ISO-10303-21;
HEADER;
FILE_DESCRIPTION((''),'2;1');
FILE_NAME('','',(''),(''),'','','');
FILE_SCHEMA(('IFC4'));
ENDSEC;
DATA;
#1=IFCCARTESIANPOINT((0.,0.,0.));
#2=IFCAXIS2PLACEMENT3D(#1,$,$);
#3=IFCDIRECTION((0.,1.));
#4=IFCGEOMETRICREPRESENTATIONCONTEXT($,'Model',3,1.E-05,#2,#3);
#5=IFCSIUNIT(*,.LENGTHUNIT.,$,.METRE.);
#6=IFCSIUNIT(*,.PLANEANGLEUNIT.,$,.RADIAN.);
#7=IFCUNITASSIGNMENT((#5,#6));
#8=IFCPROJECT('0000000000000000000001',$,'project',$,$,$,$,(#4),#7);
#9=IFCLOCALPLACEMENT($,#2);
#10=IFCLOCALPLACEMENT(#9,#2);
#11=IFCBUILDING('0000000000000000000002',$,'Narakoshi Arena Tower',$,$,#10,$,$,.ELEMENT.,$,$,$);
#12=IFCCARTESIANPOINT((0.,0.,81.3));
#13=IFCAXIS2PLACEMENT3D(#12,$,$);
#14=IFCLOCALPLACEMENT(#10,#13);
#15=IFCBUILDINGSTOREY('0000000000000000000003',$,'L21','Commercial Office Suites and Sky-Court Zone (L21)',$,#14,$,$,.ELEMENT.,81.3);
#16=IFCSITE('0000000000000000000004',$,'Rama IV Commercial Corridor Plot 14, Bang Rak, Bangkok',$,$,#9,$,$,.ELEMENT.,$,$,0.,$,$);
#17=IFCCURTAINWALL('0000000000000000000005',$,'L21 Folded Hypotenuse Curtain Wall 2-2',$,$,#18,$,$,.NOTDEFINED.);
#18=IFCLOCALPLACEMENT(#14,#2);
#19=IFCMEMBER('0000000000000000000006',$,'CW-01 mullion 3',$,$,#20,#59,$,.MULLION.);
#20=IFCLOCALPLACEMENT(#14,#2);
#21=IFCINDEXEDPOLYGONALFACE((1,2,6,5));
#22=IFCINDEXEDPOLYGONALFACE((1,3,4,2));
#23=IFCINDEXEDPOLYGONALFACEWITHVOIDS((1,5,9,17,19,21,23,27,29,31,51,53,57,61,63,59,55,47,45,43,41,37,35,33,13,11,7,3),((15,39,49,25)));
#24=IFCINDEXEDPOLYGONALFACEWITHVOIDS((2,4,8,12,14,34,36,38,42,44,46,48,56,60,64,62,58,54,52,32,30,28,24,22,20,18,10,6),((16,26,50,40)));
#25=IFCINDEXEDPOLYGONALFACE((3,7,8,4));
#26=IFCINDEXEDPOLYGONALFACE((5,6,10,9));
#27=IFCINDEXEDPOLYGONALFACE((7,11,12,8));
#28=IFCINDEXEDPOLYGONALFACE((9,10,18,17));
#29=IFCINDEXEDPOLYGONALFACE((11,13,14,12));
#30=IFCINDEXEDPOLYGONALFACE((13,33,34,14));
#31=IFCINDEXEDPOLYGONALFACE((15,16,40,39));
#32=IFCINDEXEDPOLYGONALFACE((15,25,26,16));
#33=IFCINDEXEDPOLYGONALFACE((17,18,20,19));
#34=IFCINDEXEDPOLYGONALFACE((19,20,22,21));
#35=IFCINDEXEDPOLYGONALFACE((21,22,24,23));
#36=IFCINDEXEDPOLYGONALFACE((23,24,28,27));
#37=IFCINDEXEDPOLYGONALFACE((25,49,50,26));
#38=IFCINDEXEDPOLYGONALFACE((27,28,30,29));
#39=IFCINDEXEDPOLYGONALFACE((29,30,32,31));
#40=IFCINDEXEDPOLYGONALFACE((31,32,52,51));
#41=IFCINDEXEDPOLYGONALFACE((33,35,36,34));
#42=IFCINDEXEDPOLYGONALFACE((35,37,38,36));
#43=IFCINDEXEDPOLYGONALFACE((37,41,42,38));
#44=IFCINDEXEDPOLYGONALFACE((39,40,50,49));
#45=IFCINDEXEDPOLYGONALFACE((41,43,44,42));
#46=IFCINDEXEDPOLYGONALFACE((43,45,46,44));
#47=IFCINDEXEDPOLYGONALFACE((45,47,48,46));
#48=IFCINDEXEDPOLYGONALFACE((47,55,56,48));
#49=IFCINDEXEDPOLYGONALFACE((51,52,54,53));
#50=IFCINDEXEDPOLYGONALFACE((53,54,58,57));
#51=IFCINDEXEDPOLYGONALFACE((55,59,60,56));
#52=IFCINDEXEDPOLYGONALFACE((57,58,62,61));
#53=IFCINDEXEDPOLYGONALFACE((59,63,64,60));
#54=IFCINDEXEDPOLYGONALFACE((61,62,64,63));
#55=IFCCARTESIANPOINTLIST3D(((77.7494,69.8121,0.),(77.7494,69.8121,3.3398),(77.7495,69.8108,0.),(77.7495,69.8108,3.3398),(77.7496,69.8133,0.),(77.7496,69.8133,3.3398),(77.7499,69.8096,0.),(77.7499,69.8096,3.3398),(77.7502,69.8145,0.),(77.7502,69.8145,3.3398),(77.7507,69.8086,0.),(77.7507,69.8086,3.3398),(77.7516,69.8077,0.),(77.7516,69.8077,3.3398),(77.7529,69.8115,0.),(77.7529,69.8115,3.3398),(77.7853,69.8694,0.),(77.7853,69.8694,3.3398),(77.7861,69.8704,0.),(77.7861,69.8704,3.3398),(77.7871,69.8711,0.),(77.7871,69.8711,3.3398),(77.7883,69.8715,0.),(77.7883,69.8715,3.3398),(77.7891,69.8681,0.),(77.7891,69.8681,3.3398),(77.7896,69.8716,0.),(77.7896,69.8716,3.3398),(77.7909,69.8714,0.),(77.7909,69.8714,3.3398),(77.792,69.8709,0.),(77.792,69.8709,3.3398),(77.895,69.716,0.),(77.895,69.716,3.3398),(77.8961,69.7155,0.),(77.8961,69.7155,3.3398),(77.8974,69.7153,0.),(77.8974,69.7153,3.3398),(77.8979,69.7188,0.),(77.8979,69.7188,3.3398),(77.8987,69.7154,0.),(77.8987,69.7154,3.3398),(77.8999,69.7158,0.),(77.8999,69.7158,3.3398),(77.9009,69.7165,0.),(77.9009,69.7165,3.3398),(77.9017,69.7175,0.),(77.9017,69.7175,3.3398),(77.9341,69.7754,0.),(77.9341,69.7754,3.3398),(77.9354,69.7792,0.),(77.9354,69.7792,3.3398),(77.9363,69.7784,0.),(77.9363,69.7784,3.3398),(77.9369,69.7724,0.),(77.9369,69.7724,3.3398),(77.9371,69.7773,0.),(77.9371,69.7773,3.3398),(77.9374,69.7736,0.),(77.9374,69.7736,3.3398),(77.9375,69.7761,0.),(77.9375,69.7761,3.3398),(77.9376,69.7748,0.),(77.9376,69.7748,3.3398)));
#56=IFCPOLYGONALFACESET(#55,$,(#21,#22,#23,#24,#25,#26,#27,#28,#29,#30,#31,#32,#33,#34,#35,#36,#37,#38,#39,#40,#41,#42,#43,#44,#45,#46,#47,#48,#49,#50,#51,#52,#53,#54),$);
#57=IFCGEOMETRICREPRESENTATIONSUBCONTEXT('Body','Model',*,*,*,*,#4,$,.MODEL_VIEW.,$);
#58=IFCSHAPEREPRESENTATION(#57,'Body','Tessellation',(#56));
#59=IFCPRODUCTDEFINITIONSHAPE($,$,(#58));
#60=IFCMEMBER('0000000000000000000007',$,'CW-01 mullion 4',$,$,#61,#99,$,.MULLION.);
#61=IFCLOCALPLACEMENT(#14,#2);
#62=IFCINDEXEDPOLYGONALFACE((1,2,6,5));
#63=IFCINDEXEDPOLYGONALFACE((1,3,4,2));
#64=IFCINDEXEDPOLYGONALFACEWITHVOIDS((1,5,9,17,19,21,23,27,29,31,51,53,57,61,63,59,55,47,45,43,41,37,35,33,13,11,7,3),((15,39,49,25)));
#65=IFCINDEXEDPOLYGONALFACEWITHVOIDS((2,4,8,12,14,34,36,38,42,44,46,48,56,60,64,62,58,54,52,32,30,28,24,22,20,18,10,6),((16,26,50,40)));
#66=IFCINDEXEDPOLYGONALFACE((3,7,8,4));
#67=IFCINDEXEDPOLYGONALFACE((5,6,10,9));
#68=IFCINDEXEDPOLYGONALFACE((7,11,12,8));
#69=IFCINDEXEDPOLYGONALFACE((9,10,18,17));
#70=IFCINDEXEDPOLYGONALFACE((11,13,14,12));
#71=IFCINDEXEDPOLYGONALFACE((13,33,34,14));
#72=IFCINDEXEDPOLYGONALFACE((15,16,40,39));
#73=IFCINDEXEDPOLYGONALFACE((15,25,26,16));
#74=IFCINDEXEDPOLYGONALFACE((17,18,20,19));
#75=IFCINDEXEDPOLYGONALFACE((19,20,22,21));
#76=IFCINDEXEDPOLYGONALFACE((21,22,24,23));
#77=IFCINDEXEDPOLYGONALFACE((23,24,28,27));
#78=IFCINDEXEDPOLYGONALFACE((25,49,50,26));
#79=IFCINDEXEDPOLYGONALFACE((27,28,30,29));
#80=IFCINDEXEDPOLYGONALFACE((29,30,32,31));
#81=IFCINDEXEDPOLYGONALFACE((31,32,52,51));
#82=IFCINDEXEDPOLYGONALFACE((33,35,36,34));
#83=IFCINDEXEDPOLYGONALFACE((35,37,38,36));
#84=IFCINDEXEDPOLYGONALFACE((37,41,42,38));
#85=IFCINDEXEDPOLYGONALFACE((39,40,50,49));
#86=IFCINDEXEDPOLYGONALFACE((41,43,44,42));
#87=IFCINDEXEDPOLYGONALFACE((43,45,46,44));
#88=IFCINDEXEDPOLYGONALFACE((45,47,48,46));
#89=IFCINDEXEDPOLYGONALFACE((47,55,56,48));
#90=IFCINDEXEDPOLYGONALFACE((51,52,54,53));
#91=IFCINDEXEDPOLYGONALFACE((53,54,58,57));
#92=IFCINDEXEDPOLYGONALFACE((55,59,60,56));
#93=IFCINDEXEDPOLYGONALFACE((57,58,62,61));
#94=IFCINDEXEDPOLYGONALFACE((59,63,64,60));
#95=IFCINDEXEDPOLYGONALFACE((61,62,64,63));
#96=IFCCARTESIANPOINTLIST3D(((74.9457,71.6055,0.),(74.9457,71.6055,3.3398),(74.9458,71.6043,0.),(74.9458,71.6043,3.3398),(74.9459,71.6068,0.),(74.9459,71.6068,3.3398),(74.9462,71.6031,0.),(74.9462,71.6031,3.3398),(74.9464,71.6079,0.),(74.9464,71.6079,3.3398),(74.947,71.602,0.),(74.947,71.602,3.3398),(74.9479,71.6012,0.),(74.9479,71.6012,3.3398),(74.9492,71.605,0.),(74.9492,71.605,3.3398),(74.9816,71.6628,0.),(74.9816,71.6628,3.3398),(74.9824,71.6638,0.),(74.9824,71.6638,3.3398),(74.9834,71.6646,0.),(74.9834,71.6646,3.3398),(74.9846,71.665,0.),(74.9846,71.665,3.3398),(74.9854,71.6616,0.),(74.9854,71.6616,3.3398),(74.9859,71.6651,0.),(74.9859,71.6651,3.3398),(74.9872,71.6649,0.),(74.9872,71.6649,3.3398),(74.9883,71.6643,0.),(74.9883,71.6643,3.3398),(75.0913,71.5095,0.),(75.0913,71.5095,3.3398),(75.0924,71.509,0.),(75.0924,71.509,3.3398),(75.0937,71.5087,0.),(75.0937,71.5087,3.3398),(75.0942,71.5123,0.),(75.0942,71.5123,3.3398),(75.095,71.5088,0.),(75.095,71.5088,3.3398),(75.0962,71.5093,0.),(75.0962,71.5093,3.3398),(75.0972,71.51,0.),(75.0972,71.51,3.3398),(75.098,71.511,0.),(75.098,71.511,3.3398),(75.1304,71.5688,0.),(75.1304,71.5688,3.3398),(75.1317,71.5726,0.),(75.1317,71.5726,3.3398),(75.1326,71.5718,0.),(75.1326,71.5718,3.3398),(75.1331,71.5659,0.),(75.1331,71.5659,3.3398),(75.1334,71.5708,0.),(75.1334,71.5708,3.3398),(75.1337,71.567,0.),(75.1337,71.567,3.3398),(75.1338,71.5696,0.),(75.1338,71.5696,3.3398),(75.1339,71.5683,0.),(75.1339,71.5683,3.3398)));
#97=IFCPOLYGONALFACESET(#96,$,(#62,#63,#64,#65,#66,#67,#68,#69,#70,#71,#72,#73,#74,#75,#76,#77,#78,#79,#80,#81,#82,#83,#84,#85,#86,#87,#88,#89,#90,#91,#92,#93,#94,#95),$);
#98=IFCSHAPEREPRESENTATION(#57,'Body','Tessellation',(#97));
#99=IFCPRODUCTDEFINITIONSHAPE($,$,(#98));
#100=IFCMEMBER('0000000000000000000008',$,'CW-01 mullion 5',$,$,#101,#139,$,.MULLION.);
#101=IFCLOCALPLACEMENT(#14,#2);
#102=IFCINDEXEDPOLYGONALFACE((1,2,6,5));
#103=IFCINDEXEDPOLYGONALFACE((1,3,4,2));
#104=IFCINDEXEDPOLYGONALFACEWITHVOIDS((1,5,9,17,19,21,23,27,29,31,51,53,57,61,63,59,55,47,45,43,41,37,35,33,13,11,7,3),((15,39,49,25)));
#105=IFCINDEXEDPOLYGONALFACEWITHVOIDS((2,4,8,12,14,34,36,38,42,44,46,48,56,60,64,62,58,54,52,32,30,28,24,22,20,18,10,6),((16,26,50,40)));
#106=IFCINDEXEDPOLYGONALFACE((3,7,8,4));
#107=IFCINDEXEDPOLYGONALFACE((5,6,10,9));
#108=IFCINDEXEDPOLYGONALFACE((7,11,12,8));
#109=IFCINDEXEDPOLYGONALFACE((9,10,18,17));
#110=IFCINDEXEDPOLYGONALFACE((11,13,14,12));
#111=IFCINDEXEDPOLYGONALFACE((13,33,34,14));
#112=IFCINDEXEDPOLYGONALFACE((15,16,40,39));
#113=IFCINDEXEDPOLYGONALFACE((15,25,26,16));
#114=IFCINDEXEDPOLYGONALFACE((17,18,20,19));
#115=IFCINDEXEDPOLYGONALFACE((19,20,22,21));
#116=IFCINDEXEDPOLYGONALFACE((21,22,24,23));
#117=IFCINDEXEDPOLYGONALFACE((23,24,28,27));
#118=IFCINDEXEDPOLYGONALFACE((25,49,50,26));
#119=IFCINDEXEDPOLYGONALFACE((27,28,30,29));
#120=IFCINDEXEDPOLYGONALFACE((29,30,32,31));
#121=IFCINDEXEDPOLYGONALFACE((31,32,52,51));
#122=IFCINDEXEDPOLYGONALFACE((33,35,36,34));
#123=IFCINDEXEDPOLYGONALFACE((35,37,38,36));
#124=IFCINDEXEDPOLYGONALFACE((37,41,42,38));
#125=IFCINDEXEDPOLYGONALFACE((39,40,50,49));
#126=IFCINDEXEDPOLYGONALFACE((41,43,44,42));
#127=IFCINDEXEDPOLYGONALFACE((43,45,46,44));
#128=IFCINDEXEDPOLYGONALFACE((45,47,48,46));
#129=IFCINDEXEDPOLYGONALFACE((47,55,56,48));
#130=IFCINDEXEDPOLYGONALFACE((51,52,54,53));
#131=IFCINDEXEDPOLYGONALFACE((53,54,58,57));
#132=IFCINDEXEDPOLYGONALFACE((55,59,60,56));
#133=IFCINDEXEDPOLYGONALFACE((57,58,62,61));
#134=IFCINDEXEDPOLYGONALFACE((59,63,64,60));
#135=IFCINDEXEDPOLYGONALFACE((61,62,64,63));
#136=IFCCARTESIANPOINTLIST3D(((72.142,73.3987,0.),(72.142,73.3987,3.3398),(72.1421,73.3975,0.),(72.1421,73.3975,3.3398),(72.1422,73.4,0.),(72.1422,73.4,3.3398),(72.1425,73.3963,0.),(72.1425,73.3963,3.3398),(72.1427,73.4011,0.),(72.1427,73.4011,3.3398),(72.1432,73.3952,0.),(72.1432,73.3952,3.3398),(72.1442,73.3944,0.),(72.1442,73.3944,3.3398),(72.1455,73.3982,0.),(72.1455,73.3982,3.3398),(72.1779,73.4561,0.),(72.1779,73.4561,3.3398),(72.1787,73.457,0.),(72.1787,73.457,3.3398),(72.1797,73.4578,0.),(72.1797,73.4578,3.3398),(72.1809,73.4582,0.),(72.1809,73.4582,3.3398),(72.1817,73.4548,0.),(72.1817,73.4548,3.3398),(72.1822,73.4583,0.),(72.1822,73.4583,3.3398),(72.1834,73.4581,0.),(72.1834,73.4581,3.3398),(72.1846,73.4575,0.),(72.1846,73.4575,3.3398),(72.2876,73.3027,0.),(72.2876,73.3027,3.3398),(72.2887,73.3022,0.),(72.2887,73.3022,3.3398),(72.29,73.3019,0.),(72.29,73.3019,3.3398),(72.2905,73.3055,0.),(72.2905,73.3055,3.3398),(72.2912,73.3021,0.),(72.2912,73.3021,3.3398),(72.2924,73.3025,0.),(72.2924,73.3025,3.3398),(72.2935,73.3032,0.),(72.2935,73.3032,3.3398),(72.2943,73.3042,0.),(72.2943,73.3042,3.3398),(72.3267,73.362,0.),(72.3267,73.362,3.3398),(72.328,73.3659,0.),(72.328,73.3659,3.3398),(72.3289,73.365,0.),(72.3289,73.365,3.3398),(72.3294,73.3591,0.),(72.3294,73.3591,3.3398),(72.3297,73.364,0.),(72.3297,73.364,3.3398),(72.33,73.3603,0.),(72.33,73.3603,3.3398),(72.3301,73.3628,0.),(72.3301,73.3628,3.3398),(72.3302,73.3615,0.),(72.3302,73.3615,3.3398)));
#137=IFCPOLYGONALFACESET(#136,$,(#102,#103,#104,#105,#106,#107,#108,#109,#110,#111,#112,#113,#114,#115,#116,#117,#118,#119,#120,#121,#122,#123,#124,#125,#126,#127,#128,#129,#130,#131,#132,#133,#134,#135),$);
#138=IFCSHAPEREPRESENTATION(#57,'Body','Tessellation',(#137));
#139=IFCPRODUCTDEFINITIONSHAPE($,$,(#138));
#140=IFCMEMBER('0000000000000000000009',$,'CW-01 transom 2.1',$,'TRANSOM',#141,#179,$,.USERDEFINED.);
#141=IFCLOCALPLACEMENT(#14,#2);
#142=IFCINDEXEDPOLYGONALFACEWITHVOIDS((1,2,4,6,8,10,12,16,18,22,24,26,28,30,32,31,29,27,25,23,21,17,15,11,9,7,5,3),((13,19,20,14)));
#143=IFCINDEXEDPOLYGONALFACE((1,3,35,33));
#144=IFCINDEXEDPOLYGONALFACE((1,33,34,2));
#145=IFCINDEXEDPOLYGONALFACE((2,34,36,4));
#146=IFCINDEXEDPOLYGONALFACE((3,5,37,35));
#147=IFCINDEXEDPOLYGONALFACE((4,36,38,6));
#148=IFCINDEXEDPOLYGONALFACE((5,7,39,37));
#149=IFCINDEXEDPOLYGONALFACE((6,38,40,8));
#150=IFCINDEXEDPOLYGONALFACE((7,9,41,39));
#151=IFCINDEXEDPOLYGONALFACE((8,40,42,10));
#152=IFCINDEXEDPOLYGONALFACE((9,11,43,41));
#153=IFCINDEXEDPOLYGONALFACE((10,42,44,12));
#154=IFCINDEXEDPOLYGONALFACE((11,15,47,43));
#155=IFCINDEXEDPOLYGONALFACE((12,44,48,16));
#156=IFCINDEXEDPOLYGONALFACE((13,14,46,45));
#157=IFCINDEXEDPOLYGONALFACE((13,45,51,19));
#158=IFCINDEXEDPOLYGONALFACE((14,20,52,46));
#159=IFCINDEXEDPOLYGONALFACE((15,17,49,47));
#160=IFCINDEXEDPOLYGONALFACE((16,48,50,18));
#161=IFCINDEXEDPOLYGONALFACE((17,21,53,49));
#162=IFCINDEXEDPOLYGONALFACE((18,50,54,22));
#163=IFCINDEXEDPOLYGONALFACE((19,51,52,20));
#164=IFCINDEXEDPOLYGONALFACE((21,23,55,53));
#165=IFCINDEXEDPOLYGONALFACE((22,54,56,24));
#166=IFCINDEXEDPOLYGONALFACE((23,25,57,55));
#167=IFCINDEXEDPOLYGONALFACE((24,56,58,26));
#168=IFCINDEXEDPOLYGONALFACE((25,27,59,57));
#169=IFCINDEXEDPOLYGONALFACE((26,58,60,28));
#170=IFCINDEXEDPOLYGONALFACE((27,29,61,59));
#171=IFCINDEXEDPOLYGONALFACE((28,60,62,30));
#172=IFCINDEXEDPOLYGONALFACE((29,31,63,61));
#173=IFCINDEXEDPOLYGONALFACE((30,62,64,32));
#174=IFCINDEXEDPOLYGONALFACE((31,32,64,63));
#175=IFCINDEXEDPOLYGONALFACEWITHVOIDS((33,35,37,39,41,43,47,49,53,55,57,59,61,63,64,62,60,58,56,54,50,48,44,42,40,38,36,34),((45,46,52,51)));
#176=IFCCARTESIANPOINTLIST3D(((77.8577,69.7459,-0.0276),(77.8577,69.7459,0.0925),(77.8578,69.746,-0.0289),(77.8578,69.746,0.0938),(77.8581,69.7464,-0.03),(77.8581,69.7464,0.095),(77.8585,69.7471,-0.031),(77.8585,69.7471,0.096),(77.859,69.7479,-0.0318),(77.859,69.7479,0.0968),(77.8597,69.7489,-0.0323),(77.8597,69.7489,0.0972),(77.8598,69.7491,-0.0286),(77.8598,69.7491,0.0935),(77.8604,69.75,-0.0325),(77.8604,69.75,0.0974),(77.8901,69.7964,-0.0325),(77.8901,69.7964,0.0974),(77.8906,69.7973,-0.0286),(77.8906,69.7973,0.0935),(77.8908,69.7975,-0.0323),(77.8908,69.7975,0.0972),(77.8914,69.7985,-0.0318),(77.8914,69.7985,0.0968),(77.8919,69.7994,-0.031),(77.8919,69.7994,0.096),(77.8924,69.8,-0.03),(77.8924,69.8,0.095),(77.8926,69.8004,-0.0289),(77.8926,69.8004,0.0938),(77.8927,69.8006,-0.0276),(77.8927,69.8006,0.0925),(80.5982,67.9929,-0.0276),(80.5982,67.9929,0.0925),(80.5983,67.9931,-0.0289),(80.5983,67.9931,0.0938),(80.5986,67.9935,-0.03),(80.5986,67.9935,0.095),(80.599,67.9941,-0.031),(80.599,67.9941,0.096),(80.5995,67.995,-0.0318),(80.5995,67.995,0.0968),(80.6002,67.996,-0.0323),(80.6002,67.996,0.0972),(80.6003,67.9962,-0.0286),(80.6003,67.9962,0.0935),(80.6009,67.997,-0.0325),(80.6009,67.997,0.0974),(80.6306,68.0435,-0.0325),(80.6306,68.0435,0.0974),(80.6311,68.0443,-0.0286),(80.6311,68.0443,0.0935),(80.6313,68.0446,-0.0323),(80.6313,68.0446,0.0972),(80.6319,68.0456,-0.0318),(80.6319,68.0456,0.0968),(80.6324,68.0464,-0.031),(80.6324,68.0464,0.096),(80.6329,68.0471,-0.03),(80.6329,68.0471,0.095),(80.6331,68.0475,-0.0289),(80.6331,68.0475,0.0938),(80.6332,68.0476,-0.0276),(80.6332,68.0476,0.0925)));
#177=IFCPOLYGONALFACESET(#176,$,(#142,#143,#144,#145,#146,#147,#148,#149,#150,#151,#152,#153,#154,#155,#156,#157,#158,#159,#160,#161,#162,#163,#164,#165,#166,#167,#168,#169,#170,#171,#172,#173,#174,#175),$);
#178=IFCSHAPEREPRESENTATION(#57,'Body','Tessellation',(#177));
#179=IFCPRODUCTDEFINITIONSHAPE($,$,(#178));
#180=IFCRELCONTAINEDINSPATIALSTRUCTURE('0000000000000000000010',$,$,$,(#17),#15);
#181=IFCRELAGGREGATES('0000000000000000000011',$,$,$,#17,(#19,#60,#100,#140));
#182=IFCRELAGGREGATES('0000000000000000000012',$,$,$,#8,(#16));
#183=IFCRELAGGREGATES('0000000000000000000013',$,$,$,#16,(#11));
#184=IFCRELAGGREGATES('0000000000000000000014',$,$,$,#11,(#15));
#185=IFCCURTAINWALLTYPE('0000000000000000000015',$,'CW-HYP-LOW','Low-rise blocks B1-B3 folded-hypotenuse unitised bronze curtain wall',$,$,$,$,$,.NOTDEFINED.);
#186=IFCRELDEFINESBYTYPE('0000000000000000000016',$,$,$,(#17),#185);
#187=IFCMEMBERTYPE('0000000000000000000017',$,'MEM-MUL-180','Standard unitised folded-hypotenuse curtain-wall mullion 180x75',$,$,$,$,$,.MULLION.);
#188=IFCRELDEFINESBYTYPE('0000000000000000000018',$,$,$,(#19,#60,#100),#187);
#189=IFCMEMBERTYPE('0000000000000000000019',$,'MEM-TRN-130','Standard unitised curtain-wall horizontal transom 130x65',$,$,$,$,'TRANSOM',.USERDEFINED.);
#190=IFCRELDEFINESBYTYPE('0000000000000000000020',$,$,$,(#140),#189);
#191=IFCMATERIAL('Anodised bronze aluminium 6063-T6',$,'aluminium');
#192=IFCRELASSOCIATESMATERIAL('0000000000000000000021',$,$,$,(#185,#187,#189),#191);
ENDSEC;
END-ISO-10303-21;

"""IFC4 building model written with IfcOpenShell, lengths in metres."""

from ifc_helpers import new_model, si_unit, direction, frame, origin, origin_2d, place, context, subcontext, project, spatial, hollow_rectangle, extrude, material, material_profile, profile_set, type_object, element, aggregate, save


model = new_model("IFC4")

# Units and contexts
model_context = context("Model", 3, precision=1e-05, world=origin(), true_north=direction((0.0, 1.0)))
body_context = subcontext(model_context, "Body", "Model", "MODEL_VIEW")
ifc_project = project(units=[si_unit("LENGTHUNIT", "METRE"), si_unit("PLANEANGLEUNIT", "RADIAN")], contexts=[model_context])

# Site, building, storey
site_placement = place(None, origin())
site = spatial("IfcSite", under=ifc_project, at=site_placement, Name="Rama IV Commercial Corridor Plot 14, Bang Rak, Bangkok", CompositionType="ELEMENT", RefElevation=0.0)
building_placement = place(site_placement, origin())
building = spatial("IfcBuilding", under=site, at=building_placement, Name="Narakoshi Arena Tower", CompositionType="ELEMENT")
storey_placement = place(building_placement, frame((0.0, 0.0, 81.3)))
storey = spatial("IfcBuildingStorey", under=building, at=storey_placement, Name="L21", Description="Commercial Office Suites and Sky-Court Zone (L21)", CompositionType="ELEMENT", Elevation=81.3)

# Curtain wall, members
ifc_material_1 = material(Name="Anodised bronze aluminium 6063-T6", Category="aluminium")
curtain_wall_type = type_object("IfcCurtainWallType", Name="CW-HYP-LOW", Description="Low-rise blocks B1-B3 folded-hypotenuse unitised bronze curtain wall", PredefinedType="NOTDEFINED", material=ifc_material_1)
curtain_wall_placement = place(storey_placement, origin())
curtain_wall = element("IfcCurtainWall", 1, at=curtain_wall_placement, inside=storey, type_object=curtain_wall_type, Name="L21 Folded Hypotenuse Curtain Wall 2-2", PredefinedType="NOTDEFINED")
ifc_material_profile_1 = material_profile(ifc_material_1, hollow_rectangle(XDim=0.075, YDim=0.1799, WallThickness=0.0039, OuterFilletRadius=0.0049, at=origin_2d()), Name="MUL180x75x4")
ifc_profile_set_1 = profile_set([ifc_material_profile_1], Name="Anodised bronze aluminium 6063-T6")
member_type_1 = type_object("IfcMemberType", Name="MEM-MUL-180", Description="Standard unitised folded-hypotenuse curtain-wall mullion 180x75", PredefinedType="MULLION", material=ifc_profile_set_1)
member_1_placement = place(storey_placement, frame((77.8435, 69.7935, 0.0), z_axis=(0.0, 0.0, 1.0), x_axis=(-0.538829, -0.842415, 0.0)))
member_1 = element("IfcMember", 2, at=member_1_placement, type_object=member_type_1, Name="CW-01 mullion 3", PredefinedType="MULLION", context=body_context, shape_type="SweptSolid", body=[
    extrude(hollow_rectangle(XDim=0.075, YDim=0.1799, WallThickness=0.0039, OuterFilletRadius=0.0049, at=origin_2d()), origin(), (0.0, 0.0, 1.0), 3.3398),
])
member_2_placement = place(storey_placement, frame((75.0398, 71.5869, 0.0), z_axis=(0.0, 0.0, 1.0), x_axis=(-0.538829, -0.842415, 0.0)))
member_2 = element("IfcMember", 3, at=member_2_placement, type_object=member_type_1, Name="CW-01 mullion 4", PredefinedType="MULLION", context=body_context, shape_type="SweptSolid", body=[
    extrude(hollow_rectangle(XDim=0.075, YDim=0.1799, WallThickness=0.0039, OuterFilletRadius=0.0049, at=origin_2d()), origin(), (0.0, 0.0, 1.0), 3.3398),
])
member_3_placement = place(storey_placement, frame((72.2361, 73.3801, 0.0), z_axis=(0.0, 0.0, 1.0), x_axis=(-0.538829, -0.842415, 0.0)))
member_3 = element("IfcMember", 4, at=member_3_placement, type_object=member_type_1, Name="CW-01 mullion 5", PredefinedType="MULLION", context=body_context, shape_type="SweptSolid", body=[
    extrude(hollow_rectangle(XDim=0.075, YDim=0.1799, WallThickness=0.0039, OuterFilletRadius=0.0049, at=origin_2d()), origin(), (0.0, 0.0, 1.0), 3.3398),
])
ifc_material_profile_2 = material_profile(ifc_material_1, hollow_rectangle(XDim=0.0649, YDim=0.1299, WallThickness=0.0039, OuterFilletRadius=0.0049, at=origin_2d()), Name="TRN130x65x4")
ifc_profile_set_2 = profile_set([ifc_material_profile_2], Name="Anodised bronze aluminium 6063-T6")
member_type_2 = type_object("IfcMemberType", Name="MEM-TRN-130", Description="Standard unitised curtain-wall horizontal transom 130x65", ElementType="TRANSOM", PredefinedType="USERDEFINED", material=ifc_profile_set_2)
member_4_placement = place(storey_placement, frame((80.6157, 68.0203, 0.0325), z_axis=(-0.842408, 0.538841, 0.0), x_axis=(-0.538841, -0.842408, 0.0)))
member_4 = element("IfcMember", 5, at=member_4_placement, type_object=member_type_2, Name="CW-01 transom 2.1", ObjectType="TRANSOM", PredefinedType="USERDEFINED", context=body_context, shape_type="SweptSolid", body=[
    extrude(hollow_rectangle(XDim=0.0649, YDim=0.1299, WallThickness=0.0039, OuterFilletRadius=0.0049, at=origin_2d()), origin(), (0.0, 0.0, 1.0), 3.2532),
])
aggregate(curtain_wall, [member_1, member_2, member_3, member_4])

save(model, "model.ifc")
